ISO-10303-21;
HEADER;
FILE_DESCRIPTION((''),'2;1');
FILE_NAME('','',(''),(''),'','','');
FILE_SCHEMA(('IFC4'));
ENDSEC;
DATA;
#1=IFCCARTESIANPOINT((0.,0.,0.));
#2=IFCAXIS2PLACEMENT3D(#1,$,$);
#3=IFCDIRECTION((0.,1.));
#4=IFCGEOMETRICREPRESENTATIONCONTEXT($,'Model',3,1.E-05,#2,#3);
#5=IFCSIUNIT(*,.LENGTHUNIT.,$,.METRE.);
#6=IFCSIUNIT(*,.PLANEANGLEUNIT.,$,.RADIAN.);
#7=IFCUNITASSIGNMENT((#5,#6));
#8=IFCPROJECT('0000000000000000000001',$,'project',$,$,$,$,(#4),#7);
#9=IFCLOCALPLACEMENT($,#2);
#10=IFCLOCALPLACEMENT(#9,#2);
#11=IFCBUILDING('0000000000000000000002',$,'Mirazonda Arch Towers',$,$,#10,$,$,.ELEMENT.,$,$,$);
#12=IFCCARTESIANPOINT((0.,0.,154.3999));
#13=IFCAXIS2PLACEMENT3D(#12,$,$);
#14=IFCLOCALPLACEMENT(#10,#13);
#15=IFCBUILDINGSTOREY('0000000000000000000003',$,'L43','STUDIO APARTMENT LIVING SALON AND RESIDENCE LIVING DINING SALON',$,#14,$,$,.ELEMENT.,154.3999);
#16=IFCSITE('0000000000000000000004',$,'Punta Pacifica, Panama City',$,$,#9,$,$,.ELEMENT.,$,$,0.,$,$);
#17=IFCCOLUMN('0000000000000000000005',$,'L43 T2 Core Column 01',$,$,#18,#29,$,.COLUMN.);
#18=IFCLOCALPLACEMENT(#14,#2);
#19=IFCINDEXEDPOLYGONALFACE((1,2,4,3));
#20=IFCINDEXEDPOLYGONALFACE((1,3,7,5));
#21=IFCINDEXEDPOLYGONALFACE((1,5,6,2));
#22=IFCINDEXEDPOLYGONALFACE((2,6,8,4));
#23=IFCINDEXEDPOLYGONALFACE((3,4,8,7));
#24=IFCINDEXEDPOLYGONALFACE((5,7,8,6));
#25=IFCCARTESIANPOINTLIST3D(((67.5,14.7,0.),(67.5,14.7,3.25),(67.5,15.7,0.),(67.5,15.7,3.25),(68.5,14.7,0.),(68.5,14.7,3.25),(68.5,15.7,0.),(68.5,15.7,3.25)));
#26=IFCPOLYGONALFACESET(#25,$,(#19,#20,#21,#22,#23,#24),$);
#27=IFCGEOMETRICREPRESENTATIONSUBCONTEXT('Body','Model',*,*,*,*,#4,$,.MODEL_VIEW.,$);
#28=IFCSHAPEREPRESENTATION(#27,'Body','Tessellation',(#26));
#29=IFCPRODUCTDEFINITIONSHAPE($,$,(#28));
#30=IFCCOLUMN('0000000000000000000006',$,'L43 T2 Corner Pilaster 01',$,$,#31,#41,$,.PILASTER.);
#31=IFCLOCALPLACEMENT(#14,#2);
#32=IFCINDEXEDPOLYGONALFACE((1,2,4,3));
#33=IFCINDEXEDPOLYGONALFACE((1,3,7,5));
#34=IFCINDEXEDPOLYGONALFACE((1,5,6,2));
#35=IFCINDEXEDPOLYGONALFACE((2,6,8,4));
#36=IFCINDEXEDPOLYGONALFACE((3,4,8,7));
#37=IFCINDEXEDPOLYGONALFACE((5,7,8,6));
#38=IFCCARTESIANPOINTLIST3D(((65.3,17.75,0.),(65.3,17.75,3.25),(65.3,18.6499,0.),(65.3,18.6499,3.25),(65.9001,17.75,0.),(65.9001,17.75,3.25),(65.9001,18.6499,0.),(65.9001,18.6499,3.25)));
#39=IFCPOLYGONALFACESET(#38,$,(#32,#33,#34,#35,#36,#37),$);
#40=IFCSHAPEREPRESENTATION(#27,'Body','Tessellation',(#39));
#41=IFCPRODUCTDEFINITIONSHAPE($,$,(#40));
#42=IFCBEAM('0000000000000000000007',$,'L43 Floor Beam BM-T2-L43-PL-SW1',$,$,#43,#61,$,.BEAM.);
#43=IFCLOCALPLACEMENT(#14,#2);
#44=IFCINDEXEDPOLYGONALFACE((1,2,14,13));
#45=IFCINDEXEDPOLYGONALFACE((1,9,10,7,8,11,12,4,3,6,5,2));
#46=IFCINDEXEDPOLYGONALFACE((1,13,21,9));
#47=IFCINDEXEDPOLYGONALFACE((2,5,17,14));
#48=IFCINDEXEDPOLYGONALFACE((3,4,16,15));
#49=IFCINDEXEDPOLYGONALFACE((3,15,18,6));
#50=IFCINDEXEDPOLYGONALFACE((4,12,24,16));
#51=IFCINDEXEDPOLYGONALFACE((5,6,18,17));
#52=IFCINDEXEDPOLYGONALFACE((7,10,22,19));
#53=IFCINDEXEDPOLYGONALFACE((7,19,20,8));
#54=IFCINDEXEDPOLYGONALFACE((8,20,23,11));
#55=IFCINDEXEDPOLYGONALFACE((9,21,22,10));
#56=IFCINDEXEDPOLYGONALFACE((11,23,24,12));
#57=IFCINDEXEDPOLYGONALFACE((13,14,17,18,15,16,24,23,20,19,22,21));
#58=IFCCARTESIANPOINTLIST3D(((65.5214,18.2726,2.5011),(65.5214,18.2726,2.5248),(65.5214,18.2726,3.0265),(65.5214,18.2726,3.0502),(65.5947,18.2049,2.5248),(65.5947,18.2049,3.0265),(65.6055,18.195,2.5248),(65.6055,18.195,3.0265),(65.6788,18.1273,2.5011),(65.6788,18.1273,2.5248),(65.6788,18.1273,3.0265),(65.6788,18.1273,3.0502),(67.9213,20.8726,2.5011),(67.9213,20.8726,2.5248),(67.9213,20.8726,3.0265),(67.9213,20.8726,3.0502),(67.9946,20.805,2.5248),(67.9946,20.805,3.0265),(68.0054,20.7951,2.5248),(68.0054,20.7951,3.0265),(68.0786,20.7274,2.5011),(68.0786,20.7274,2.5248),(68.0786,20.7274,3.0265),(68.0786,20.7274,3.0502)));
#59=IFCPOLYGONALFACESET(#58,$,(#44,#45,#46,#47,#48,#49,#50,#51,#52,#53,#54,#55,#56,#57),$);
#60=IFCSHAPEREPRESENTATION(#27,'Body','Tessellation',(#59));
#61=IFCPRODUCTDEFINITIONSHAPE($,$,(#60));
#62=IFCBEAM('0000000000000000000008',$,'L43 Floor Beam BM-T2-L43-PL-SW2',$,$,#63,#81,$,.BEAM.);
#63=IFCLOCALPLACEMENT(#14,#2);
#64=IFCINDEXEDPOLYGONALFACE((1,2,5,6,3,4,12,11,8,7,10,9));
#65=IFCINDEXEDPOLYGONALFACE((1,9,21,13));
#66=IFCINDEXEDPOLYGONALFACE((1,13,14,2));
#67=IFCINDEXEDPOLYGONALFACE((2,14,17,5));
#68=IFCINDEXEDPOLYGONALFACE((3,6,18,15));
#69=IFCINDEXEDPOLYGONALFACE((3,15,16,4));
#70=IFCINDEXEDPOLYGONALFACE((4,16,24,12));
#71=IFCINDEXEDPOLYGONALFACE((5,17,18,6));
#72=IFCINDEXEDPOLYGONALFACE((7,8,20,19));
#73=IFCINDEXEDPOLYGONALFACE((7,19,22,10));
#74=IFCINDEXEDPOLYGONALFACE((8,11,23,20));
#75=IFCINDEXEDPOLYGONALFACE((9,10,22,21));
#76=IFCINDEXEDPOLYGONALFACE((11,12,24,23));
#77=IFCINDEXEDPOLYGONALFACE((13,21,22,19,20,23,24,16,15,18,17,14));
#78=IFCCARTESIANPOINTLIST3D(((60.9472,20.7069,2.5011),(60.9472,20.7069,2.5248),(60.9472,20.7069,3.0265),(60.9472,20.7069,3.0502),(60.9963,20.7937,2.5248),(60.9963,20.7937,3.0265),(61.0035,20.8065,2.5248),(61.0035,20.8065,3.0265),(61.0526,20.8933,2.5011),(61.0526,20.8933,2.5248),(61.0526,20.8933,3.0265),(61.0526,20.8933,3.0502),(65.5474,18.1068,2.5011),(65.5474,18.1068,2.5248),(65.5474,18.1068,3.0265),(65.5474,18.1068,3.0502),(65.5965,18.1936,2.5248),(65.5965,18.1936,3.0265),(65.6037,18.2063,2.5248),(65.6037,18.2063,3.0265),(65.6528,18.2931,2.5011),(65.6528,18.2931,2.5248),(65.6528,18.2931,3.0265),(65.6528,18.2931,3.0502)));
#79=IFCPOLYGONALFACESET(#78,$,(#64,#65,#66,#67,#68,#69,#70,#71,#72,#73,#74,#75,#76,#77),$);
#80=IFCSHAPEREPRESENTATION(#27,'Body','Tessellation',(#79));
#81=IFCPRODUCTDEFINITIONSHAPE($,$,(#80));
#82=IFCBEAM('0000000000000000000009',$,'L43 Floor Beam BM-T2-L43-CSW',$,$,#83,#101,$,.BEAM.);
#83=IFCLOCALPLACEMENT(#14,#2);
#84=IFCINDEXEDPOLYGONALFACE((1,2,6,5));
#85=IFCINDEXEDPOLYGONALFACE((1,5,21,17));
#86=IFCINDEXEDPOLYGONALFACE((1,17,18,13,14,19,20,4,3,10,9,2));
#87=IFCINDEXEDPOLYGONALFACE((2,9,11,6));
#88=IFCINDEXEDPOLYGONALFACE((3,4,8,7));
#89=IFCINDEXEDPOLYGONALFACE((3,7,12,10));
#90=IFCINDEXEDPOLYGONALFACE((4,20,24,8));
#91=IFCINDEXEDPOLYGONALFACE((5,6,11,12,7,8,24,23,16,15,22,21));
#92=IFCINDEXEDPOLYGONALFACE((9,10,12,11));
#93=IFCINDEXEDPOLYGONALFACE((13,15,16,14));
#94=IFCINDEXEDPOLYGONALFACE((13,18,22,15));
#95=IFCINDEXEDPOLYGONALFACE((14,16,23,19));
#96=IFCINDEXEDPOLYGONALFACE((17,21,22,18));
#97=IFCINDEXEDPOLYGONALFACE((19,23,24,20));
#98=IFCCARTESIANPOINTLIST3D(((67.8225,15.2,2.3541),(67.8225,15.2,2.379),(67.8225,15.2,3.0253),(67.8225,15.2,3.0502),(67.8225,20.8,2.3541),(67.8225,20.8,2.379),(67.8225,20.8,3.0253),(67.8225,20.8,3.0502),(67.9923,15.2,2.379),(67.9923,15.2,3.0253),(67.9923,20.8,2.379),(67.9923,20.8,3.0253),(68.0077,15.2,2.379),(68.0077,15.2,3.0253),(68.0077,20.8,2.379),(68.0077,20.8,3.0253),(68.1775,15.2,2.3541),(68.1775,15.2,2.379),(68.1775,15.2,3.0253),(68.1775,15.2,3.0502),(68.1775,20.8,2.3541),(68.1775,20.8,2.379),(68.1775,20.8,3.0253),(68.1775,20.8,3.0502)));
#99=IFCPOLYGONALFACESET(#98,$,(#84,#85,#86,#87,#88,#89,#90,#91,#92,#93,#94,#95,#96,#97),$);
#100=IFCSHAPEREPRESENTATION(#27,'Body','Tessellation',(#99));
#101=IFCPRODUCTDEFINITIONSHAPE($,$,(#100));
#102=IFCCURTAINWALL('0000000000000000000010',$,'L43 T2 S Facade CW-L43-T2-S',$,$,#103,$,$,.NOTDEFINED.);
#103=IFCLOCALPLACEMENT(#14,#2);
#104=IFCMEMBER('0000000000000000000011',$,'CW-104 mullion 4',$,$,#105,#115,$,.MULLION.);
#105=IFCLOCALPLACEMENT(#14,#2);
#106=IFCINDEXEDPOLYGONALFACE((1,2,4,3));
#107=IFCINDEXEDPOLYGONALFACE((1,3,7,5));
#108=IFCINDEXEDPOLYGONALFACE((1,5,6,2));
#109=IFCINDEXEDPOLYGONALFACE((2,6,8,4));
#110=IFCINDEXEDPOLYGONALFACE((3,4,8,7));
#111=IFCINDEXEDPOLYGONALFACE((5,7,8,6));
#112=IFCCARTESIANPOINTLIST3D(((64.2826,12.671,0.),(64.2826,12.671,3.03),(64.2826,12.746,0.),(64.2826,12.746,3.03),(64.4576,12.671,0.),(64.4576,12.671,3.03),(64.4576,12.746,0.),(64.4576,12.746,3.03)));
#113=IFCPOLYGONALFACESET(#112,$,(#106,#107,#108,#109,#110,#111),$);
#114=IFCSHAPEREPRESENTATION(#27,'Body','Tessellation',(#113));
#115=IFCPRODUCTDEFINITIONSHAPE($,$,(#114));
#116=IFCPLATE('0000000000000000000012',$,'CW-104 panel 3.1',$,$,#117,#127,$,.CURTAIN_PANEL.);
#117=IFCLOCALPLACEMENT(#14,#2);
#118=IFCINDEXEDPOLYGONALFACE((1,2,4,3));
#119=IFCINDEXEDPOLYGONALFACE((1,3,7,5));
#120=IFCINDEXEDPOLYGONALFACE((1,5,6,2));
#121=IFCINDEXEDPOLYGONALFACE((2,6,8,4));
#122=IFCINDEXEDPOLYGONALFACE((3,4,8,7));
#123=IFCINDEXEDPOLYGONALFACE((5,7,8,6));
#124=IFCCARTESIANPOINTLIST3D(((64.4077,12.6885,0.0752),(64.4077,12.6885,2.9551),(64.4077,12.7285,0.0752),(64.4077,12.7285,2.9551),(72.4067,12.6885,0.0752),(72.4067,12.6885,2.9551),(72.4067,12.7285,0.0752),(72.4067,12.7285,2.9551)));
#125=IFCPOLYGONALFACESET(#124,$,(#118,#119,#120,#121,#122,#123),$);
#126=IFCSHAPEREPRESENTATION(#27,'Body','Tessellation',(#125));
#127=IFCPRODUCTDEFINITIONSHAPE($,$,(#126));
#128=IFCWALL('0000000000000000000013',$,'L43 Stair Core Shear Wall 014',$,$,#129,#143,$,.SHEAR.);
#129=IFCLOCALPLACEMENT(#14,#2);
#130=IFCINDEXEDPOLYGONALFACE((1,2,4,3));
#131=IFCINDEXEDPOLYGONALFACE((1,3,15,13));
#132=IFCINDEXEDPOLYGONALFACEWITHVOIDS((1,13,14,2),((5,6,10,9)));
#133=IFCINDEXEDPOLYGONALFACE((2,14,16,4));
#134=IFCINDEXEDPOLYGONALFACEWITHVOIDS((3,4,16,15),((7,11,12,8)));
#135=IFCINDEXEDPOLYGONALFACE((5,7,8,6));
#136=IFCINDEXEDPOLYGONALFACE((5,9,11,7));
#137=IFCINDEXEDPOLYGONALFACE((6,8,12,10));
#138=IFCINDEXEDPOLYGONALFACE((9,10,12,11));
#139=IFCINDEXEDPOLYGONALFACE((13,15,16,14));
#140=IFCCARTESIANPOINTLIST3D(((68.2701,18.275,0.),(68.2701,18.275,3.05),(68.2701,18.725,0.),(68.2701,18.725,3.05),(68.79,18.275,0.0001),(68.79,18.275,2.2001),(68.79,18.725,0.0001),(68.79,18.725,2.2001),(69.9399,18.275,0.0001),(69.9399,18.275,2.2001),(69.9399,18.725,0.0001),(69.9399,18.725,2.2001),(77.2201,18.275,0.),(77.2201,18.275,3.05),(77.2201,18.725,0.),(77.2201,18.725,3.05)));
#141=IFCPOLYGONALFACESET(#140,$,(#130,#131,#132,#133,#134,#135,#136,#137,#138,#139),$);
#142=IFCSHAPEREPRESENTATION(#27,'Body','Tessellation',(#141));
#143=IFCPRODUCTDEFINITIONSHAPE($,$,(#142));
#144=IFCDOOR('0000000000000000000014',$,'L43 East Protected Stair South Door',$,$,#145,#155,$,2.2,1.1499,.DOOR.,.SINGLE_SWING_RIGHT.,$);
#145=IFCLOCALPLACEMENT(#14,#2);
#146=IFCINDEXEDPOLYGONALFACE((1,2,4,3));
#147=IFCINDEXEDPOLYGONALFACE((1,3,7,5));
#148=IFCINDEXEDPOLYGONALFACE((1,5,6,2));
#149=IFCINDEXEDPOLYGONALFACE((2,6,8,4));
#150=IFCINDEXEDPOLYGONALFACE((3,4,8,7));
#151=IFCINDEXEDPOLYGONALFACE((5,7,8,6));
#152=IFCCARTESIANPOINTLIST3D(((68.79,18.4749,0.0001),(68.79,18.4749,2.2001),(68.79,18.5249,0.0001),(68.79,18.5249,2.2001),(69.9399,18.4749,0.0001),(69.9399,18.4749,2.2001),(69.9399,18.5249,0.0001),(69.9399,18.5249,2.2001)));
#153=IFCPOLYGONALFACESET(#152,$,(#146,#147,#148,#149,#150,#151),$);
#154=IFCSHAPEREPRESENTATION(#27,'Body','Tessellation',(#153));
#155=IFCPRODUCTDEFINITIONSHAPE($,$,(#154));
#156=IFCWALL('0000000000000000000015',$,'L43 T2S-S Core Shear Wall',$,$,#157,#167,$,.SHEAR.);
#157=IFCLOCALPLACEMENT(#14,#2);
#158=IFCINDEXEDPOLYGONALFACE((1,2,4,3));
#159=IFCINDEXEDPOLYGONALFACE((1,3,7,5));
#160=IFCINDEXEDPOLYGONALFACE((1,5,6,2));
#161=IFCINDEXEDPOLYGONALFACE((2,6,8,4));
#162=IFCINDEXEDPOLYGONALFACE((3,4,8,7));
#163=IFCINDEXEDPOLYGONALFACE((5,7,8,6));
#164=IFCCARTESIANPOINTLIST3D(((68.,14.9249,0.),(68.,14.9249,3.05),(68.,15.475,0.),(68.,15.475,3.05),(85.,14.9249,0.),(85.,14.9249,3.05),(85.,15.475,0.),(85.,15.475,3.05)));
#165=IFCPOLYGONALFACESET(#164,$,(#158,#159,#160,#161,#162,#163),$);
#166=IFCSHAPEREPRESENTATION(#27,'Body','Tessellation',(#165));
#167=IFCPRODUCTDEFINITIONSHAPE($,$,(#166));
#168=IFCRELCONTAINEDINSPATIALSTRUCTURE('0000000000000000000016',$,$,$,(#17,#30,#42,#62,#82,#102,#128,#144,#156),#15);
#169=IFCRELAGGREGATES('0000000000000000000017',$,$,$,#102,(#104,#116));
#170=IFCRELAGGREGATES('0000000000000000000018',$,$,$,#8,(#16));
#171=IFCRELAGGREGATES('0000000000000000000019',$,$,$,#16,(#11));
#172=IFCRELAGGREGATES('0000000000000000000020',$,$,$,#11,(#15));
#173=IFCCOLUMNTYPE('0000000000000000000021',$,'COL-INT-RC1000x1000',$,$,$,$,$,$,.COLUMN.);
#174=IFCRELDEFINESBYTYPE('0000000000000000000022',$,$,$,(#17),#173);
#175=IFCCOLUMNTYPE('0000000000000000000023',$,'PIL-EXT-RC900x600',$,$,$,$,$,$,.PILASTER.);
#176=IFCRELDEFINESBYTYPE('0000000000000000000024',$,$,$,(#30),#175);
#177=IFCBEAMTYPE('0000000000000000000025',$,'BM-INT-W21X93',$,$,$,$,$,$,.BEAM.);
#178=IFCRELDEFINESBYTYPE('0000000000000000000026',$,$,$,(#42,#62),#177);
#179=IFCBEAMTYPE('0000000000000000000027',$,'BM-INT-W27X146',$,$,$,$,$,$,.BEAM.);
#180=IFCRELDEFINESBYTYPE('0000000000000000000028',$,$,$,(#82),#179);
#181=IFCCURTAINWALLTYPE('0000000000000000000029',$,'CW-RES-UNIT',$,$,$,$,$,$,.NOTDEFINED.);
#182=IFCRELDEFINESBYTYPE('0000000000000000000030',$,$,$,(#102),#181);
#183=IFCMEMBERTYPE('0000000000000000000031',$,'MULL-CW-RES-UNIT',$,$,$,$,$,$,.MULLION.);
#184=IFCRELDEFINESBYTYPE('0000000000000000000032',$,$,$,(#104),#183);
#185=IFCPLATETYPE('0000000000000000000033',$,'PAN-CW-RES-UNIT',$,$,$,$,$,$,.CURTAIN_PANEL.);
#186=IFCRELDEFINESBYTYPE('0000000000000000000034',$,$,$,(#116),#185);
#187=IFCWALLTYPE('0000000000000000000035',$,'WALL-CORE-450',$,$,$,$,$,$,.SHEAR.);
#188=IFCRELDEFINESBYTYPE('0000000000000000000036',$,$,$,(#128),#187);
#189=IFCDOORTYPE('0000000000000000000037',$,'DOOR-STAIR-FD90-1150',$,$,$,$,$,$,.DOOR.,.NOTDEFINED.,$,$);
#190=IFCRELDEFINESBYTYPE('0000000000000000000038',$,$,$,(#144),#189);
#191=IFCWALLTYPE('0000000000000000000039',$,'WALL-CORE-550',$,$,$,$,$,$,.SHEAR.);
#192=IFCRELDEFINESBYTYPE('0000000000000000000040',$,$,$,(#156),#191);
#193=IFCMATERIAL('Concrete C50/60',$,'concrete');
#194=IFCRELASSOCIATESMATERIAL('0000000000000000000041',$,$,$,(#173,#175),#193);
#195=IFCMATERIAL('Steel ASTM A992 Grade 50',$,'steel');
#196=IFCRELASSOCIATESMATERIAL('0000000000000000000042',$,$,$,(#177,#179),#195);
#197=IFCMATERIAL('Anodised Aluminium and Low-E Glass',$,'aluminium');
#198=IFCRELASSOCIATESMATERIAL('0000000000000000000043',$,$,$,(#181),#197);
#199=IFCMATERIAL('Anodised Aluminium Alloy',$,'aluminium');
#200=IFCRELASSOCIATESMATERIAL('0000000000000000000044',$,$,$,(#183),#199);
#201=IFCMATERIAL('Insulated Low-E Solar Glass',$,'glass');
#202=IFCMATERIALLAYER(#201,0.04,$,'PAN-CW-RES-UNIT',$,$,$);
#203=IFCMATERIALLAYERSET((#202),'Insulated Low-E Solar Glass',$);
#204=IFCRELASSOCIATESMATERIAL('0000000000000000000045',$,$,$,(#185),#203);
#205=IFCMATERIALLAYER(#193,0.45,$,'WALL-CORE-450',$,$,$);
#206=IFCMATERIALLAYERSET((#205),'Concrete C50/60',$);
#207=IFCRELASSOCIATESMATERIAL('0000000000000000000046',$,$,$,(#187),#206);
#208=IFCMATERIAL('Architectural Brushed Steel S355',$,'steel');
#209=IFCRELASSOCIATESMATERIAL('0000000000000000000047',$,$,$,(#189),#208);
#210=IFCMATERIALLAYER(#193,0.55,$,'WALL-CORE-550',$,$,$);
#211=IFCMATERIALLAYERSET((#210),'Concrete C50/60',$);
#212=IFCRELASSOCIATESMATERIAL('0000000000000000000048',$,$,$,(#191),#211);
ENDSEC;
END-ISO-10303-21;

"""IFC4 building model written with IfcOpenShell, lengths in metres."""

from ifc_helpers import new_model, si_unit, direction, frame, frame_2d, origin, origin_2d, place, context, subcontext, project, spatial, rectangle, i_section, extrude, material, layer, layer_set, material_profile, profile_set, type_object, element, fill, aggregate, save


model = new_model("IFC4")

# Units and contexts
model_context = context("Model", 3, precision=1e-05, world=origin(), true_north=direction((0.0, 1.0)))
body_context = subcontext(model_context, "Body", "Model", "MODEL_VIEW")
ifc_project = project(units=[si_unit("LENGTHUNIT", "METRE"), si_unit("PLANEANGLEUNIT", "RADIAN")], contexts=[model_context])

# Site, building, storey
site_placement = place(None, origin())
site = spatial("IfcSite", under=ifc_project, at=site_placement, Name="Punta Pacifica, Panama City", CompositionType="ELEMENT", RefElevation=0.0)
building_placement = place(site_placement, origin())
building = spatial("IfcBuilding", under=site, at=building_placement, Name="Mirazonda Arch Towers", CompositionType="ELEMENT")
storey_placement = place(building_placement, frame((0.0, 0.0, 154.3999)))
storey = spatial("IfcBuildingStorey", under=building, at=storey_placement, Name="L43", Description="STUDIO APARTMENT LIVING SALON AND RESIDENCE LIVING DINING SALON", CompositionType="ELEMENT", Elevation=154.3999)

# Columns
ifc_material_1 = material(Name="Concrete C50/60", Category="concrete")
ifc_material_profile_1 = material_profile(ifc_material_1, rectangle(XDim=1.0, YDim=1.0, at=origin_2d()), Name="RC1000x1000")
ifc_profile_set_1 = profile_set([ifc_material_profile_1], Name="Concrete C50/60")
column_type_1 = type_object("IfcColumnType", Name="COL-INT-RC1000x1000", PredefinedType="COLUMN", material=ifc_profile_set_1)
column_1_placement = place(storey_placement, frame((68.0, 15.2, 0.0), z_axis=(0.0, 0.0, 1.0), x_axis=(1.0, 0.0, 0.0)))
element("IfcColumn", 1, at=column_1_placement, inside=storey, type_object=column_type_1, Name="L43 T2 Core Column 01", PredefinedType="COLUMN", context=body_context, shape_type="SweptSolid", body=[
    extrude(rectangle(XDim=1.0, YDim=1.0, at=origin_2d()), origin(), (0.0, 0.0, 1.0), 3.25),
])
ifc_material_profile_2 = material_profile(ifc_material_1, rectangle(XDim=0.6001, YDim=0.8999, at=origin_2d()), Name="RC900x600")
ifc_profile_set_2 = profile_set([ifc_material_profile_2], Name="Concrete C50/60")
column_type_2 = type_object("IfcColumnType", Name="PIL-EXT-RC900x600", PredefinedType="PILASTER", material=ifc_profile_set_2)
column_2_placement = place(storey_placement, frame((65.6001, 18.2, 0.0), z_axis=(0.0, 0.0, 1.0), x_axis=(1.0, 0.0, 0.0)))
element("IfcColumn", 2, at=column_2_placement, inside=storey, type_object=column_type_2, Name="L43 T2 Corner Pilaster 01", PredefinedType="PILASTER", context=body_context, shape_type="SweptSolid", body=[
    extrude(rectangle(XDim=0.6001, YDim=0.8999, at=origin_2d()), origin(), (0.0, 0.0, 1.0), 3.25),
])

# Beams
ifc_material_2 = material(Name="Steel ASTM A992 Grade 50", Category="steel")
ifc_material_profile_3 = material_profile(ifc_material_2, i_section(OverallWidth=0.2141, OverallDepth=0.5491, WebThickness=0.0146, FlangeThickness=0.0237, at=origin_2d()), Name="W21X93")
ifc_profile_set_3 = profile_set([ifc_material_profile_3], Name="Steel ASTM A992 Grade 50")
beam_type_1 = type_object("IfcBeamType", Name="BM-INT-W21X93", PredefinedType="BEAM", material=ifc_profile_set_3)
beam_1_placement = place(storey_placement, frame((65.6001, 18.2, 2.7756), z_axis=(0.678251, 0.73483, 0.0), x_axis=(-0.73483, 0.678251, 0.0)))
element("IfcBeam", 3, at=beam_1_placement, inside=storey, type_object=beam_type_1, Name="L43 Floor Beam BM-T2-L43-PL-SW1", PredefinedType="BEAM", context=body_context, shape_type="SweptSolid", body=[
    extrude(i_section(OverallWidth=0.2141, OverallDepth=0.5491, WebThickness=0.0146, FlangeThickness=0.0237, at=origin_2d()), origin(), (0.0, 0.0, 1.0), 3.5383),
])
beam_2_placement = place(storey_placement, frame((65.6001, 18.2, 2.7756), z_axis=(-0.870559, 0.492063, 0.0), x_axis=(-0.492063, -0.870559, 0.0)))
element("IfcBeam", 4, at=beam_2_placement, inside=storey, type_object=beam_type_1, Name="L43 Floor Beam BM-T2-L43-PL-SW2", PredefinedType="BEAM", context=body_context, shape_type="SweptSolid", body=[
    extrude(i_section(OverallWidth=0.2141, OverallDepth=0.5491, WebThickness=0.0146, FlangeThickness=0.0237, at=origin_2d()), origin(), (0.0, 0.0, 1.0), 5.2842),
])
ifc_material_profile_4 = material_profile(ifc_material_2, i_section(OverallWidth=0.355, OverallDepth=0.696, WebThickness=0.0154, FlangeThickness=0.0249, at=origin_2d()), Name="W27X146")
ifc_profile_set_4 = profile_set([ifc_material_profile_4], Name="Steel ASTM A992 Grade 50")
beam_type_2 = type_object("IfcBeamType", Name="BM-INT-W27X146", PredefinedType="BEAM", material=ifc_profile_set_4)
beam_3_placement = place(storey_placement, frame((68.0, 15.2, 2.7021), z_axis=(0.0, 1.0, 0.0), x_axis=(-1.0, 0.0, 0.0)))
element("IfcBeam", 5, at=beam_3_placement, inside=storey, type_object=beam_type_2, Name="L43 Floor Beam BM-T2-L43-CSW", PredefinedType="BEAM", context=body_context, shape_type="SweptSolid", body=[
    extrude(i_section(OverallWidth=0.355, OverallDepth=0.696, WebThickness=0.0154, FlangeThickness=0.0249, at=origin_2d()), origin(), (0.0, 0.0, 1.0), 5.6001),
])

# Curtain wall, member, plate
ifc_material_3 = material(Name="Anodised Aluminium and Low-E Glass", Category="aluminium")
curtain_wall_type = type_object("IfcCurtainWallType", Name="CW-RES-UNIT", PredefinedType="NOTDEFINED", material=ifc_material_3)
curtain_wall_placement = place(storey_placement, origin())
curtain_wall = element("IfcCurtainWall", 6, at=curtain_wall_placement, inside=storey, type_object=curtain_wall_type, Name="L43 T2 S Facade CW-L43-T2-S", PredefinedType="NOTDEFINED")
ifc_material_4 = material(Name="Anodised Aluminium Alloy", Category="aluminium")
ifc_material_profile_5 = material_profile(ifc_material_4, rectangle(XDim=0.075, YDim=0.175, at=origin_2d()), Name="ALU-MULL-75x175")
ifc_profile_set_5 = profile_set([ifc_material_profile_5], Name="Anodised Aluminium Alloy")
member_type = type_object("IfcMemberType", Name="MULL-CW-RES-UNIT", PredefinedType="MULLION", material=ifc_profile_set_5)
member_placement = place(storey_placement, frame((64.3701, 12.7085, 0.0), z_axis=(0.0, 0.0, 1.0), x_axis=(0.0, -1.0, 0.0)))
member = element("IfcMember", 7, at=member_placement, type_object=member_type, Name="CW-104 mullion 4", PredefinedType="MULLION", context=body_context, shape_type="SweptSolid", body=[
    extrude(rectangle(XDim=0.075, YDim=0.175, at=origin_2d()), origin(), (0.0, 0.0, 1.0), 3.03),
])
ifc_material_5 = material(Name="Insulated Low-E Solar Glass", Category="glass")
ifc_layer_1 = layer(ifc_material_5, 0.04, Name="PAN-CW-RES-UNIT")
ifc_layer_set_1 = layer_set([ifc_layer_1], Name="Insulated Low-E Solar Glass")
plate_type = type_object("IfcPlateType", Name="PAN-CW-RES-UNIT", PredefinedType="CURTAIN_PANEL", material=ifc_layer_set_1)
plate_placement = place(storey_placement, frame((68.4072, 12.7085, 0.0752), z_axis=(0.0, 0.0, 1.0), x_axis=(-1.0, 0.0, 0.0)))
plate = element("IfcPlate", 8, at=plate_placement, type_object=plate_type, Name="CW-104 panel 3.1", PredefinedType="CURTAIN_PANEL", context=body_context, shape_type="SweptSolid", body=[
    extrude(rectangle(XDim=7.999, YDim=0.04, at=origin_2d()), origin(), (0.0, 0.0, 1.0), 2.8799),
])
aggregate(curtain_wall, [member, plate])

# Wall, opening, door
ifc_layer_2 = layer(ifc_material_1, 0.45, Name="WALL-CORE-450")
ifc_layer_set_2 = layer_set([ifc_layer_2], Name="Concrete C50/60")
wall_type_1 = type_object("IfcWallType", Name="WALL-CORE-450", PredefinedType="SHEAR", material=ifc_layer_set_2)
wall_1_placement = place(storey_placement, frame((68.27, 18.5, 0.0), z_axis=(0.0, 0.0, 1.0), x_axis=(1.0, 0.0, 0.0)))
wall_1 = element("IfcWall", 9, at=wall_1_placement, inside=storey, type_object=wall_type_1, Name="L43 Stair Core Shear Wall 014", PredefinedType="SHEAR", context=body_context, shape_type="SweptSolid", body=[
    extrude(rectangle(XDim=8.95, YDim=0.45, at=frame_2d((4.4751, 0.0))), origin(), (0.0, 0.0, 1.0), 3.05),
])
opening_1_placement = place(wall_1_placement, frame((0.52, 0.0, 0.0)))
opening_1 = element("IfcOpeningElement", 10, at=opening_1_placement, cuts=wall_1, PredefinedType="OPENING", context=body_context, shape_type="SweptSolid", body=[
    extrude(rectangle(XDim=1.1499, YDim=2.2, at=frame_2d((0.575, 1.1001))), frame((0.0, 0.2349, 0.0), z_axis=(0.0, -1.0, 0.0), x_axis=(1.0, 0.0, 0.0)), (0.0, 0.0, 1.0), 0.47),
])
ifc_material_6 = material(Name="Architectural Brushed Steel S355", Category="steel")
door_type = type_object("IfcDoorType", Name="DOOR-STAIR-FD90-1150", OperationType="NOTDEFINED", PredefinedType="DOOR", material=ifc_material_6)
door_placement = place(opening_1_placement, origin())
door = element("IfcDoor", 11, at=door_placement, inside=storey, type_object=door_type, Name="L43 East Protected Stair South Door", OperationType="SINGLE_SWING_RIGHT", OverallHeight=2.2, OverallWidth=1.1499, PredefinedType="DOOR", context=body_context, shape_type="SweptSolid", body=[
    extrude(rectangle(XDim=1.1499, YDim=2.2, at=frame_2d((0.575, 1.1001))), frame((0.0, 0.0249, 0.0), z_axis=(0.0, -1.0, 0.0), x_axis=(1.0, 0.0, 0.0)), (0.0, 0.0, 1.0), 0.05),
])
fill(opening_1, door)

# Wall
ifc_layer_3 = layer(ifc_material_1, 0.55, Name="WALL-CORE-550")
ifc_layer_set_3 = layer_set([ifc_layer_3], Name="Concrete C50/60")
wall_type_2 = type_object("IfcWallType", Name="WALL-CORE-550", PredefinedType="SHEAR", material=ifc_layer_set_3)
wall_2_placement = place(storey_placement, frame((68.0, 15.2, 0.0), z_axis=(0.0, 0.0, 1.0), x_axis=(1.0, 0.0, 0.0)))
element("IfcWall", 12, at=wall_2_placement, inside=storey, type_object=wall_type_2, Name="L43 T2S-S Core Shear Wall", PredefinedType="SHEAR", context=body_context, shape_type="SweptSolid", body=[
    extrude(rectangle(XDim=17.0, YDim=0.55, at=frame_2d((8.5, 0.0))), origin(), (0.0, 0.0, 1.0), 3.05),
])

save(model, "model.ifc")
